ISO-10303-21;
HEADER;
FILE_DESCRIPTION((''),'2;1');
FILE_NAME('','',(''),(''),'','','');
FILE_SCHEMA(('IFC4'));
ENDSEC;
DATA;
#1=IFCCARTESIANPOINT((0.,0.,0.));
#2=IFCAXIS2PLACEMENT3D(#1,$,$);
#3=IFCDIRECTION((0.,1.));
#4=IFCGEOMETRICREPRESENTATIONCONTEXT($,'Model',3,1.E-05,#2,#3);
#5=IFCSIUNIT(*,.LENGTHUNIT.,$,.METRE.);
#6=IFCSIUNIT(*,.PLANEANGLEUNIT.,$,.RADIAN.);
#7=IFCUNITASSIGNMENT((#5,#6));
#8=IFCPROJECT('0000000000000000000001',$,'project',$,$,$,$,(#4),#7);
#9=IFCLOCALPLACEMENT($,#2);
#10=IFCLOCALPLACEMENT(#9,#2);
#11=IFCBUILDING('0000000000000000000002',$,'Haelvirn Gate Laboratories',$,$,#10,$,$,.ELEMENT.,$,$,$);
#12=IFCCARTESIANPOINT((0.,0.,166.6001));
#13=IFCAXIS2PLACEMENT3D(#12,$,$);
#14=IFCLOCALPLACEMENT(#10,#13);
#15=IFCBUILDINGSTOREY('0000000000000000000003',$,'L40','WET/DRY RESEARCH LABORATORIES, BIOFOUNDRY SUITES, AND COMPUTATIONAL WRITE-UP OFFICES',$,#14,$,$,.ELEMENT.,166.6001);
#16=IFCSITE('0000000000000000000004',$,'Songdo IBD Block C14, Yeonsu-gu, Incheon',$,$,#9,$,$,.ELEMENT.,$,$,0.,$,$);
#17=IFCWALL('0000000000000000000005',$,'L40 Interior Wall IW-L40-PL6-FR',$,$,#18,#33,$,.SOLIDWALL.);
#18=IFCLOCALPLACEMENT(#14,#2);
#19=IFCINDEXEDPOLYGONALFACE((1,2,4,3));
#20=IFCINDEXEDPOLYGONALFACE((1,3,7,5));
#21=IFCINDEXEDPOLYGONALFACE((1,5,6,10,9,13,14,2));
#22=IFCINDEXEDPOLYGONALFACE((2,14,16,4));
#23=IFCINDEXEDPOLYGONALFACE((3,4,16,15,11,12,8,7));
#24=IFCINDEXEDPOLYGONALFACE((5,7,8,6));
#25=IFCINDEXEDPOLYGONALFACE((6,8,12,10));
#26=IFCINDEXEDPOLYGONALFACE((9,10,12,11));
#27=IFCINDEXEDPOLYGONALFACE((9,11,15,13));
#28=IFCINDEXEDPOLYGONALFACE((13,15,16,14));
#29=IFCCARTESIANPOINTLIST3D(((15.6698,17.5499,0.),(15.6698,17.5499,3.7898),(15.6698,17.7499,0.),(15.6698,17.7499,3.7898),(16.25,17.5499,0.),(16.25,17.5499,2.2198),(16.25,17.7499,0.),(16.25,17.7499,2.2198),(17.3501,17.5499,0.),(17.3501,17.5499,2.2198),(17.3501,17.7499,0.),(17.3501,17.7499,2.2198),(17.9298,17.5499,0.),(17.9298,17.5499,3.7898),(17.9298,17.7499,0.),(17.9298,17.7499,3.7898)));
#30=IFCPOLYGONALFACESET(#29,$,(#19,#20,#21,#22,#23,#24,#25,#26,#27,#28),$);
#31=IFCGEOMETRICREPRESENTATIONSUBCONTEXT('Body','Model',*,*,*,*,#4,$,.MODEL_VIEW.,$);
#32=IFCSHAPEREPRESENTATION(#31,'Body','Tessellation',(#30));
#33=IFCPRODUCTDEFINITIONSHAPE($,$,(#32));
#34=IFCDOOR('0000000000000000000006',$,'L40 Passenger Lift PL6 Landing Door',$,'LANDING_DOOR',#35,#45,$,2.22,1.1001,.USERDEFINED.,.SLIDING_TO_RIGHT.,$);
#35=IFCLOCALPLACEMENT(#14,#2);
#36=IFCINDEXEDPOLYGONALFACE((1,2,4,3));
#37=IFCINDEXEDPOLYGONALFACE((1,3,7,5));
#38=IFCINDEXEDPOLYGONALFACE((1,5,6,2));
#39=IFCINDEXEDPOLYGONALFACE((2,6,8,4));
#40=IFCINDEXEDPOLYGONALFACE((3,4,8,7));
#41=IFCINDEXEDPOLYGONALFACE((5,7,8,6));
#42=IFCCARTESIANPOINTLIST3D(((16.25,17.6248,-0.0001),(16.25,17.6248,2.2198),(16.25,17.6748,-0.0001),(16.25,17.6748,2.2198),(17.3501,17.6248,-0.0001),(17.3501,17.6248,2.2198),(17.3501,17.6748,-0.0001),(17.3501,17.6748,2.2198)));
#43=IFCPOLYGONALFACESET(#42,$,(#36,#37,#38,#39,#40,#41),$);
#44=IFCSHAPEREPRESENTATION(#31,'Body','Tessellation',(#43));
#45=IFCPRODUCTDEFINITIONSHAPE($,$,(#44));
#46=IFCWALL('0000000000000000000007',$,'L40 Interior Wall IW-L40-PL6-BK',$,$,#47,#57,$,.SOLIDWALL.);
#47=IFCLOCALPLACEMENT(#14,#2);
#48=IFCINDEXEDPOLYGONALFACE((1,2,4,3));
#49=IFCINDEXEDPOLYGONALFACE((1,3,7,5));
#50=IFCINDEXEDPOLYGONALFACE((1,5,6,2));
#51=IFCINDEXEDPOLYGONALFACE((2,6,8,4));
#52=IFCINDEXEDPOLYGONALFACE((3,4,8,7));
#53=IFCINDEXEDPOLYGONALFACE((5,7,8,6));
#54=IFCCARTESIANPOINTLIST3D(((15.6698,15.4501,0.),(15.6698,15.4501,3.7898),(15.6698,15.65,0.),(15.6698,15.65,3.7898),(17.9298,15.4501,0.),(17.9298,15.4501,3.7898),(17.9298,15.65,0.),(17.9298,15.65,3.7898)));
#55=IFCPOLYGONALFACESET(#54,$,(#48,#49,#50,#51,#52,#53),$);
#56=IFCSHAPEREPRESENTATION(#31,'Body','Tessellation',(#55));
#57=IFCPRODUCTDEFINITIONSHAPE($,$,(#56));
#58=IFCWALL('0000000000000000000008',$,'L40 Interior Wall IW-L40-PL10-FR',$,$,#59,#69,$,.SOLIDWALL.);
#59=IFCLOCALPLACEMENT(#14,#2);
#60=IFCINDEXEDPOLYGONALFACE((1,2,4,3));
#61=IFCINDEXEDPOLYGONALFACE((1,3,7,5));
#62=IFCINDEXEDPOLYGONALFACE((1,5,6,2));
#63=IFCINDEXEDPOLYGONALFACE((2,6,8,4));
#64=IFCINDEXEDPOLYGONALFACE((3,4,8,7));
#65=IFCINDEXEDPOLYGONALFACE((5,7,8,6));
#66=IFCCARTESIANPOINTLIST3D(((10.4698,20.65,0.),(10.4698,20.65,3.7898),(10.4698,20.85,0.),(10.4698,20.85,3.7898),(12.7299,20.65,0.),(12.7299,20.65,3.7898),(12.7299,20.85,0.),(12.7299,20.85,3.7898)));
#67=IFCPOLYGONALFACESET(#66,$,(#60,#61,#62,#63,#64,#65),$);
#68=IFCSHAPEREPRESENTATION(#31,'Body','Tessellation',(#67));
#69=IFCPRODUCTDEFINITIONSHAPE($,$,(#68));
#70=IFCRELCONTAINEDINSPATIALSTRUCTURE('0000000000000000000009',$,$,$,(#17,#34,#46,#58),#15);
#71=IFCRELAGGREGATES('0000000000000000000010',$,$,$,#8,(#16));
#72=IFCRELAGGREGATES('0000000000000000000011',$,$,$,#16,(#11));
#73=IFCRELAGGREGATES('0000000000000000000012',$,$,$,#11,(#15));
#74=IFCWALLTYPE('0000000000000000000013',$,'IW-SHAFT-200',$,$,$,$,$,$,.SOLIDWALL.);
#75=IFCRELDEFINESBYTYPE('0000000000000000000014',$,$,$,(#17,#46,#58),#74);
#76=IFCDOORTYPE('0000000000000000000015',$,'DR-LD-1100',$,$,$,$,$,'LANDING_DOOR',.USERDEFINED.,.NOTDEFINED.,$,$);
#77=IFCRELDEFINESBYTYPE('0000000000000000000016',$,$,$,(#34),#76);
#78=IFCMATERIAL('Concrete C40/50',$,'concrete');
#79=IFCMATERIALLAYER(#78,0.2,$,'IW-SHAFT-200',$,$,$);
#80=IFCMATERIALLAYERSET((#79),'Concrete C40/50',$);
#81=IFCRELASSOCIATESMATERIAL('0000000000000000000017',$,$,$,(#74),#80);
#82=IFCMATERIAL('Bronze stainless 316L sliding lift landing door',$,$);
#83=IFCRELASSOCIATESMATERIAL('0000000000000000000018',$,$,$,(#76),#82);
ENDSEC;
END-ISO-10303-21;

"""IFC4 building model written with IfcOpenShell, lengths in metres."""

from ifc_helpers import new_model, si_unit, direction, frame, frame_2d, origin, place, context, subcontext, project, spatial, rectangle, extrude, source, transform, mapped, material, layer, layer_set, type_object, type_shapes, element, fill, save


model = new_model("IFC4")

# Units and contexts
model_context = context("Model", 3, precision=1e-05, world=origin(), true_north=direction((0.0, 1.0)))
body_context = subcontext(model_context, "Body", "Model", "MODEL_VIEW")
ifc_project = project(units=[si_unit("LENGTHUNIT", "METRE"), si_unit("PLANEANGLEUNIT", "RADIAN")], contexts=[model_context])

# Site, building, storey
site_placement = place(None, origin())
site = spatial("IfcSite", under=ifc_project, at=site_placement, Name="Songdo IBD Block C14, Yeonsu-gu, Incheon", CompositionType="ELEMENT", RefElevation=0.0)
building_placement = place(site_placement, origin())
building = spatial("IfcBuilding", under=site, at=building_placement, Name="Haelvirn Gate Laboratories", CompositionType="ELEMENT")
storey_placement = place(building_placement, frame((0.0, 0.0, 166.6001)))
storey = spatial("IfcBuildingStorey", under=building, at=storey_placement, Name="L40", Description="WET/DRY RESEARCH LABORATORIES, BIOFOUNDRY SUITES, AND COMPUTATIONAL WRITE-UP OFFICES", CompositionType="ELEMENT", Elevation=166.6001)

# Shared definitions
ifc_material_1 = material(Name="Concrete C40/50", Category="concrete")

# Shared definitions
ifc_layer_1 = layer(ifc_material_1, 0.2, Name="IW-SHAFT-200")
ifc_layer_set_1 = layer_set([ifc_layer_1], Name="Concrete C40/50")
wall_type_1 = type_object("IfcWallType", Name="IW-SHAFT-200", PredefinedType="SOLIDWALL", material=ifc_layer_set_1)
ifc_material_2 = material(Name="Bronze stainless 316L sliding lift landing door")
door_type_1 = type_object("IfcDoorType", Name="DR-LD-1100", ElementType="LANDING_DOOR", OperationType="NOTDEFINED", PredefinedType="USERDEFINED", material=ifc_material_2)
shared_shape_1 = source(origin(), body_context, "Body", "SweptSolid", [
    extrude(rectangle(XDim=1.1001, YDim=2.22, at=frame_2d((0.55, 1.1099))), frame((0.0, 0.0249, 0.0), z_axis=(0.0, -1.0, 0.0), x_axis=(1.0, 0.0, 0.0)), (0.0, 0.0, 1.0), 0.05),
])
type_shapes(door_type_1, [shared_shape_1])

# Wall, opening, door
wall_1_placement = place(storey_placement, frame((15.6699, 17.6499, 0.0), z_axis=(0.0, 0.0, 1.0), x_axis=(1.0, 0.0, 0.0)))
wall_1 = element("IfcWall", 1, at=wall_1_placement, inside=storey, type_object=wall_type_1, Name="L40 Interior Wall IW-L40-PL6-FR", PredefinedType="SOLIDWALL", context=body_context, shape_type="SweptSolid", body=[
    extrude(rectangle(XDim=2.26, YDim=0.2, at=frame_2d((1.1299, 0.0))), origin(), (0.0, 0.0, 1.0), 3.7898),
])
opening_1_placement = place(wall_1_placement, frame((0.5801, 0.0, 0.0)))
opening_1 = element("IfcOpeningElement", 2, at=opening_1_placement, cuts=wall_1, PredefinedType="OPENING", context=body_context, shape_type="SweptSolid", body=[
    extrude(rectangle(XDim=1.1001, YDim=2.22, at=frame_2d((0.55, 1.1099))), frame((0.0, 0.1099, 0.0), z_axis=(0.0, -1.0, 0.0), x_axis=(1.0, 0.0, 0.0)), (0.0, 0.0, 1.0), 0.22),
])
door_1_placement = place(opening_1_placement, origin())
door_1 = element("IfcDoor", 3, at=door_1_placement, inside=storey, type_object=door_type_1, Name="L40 Passenger Lift PL6 Landing Door", ObjectType="LANDING_DOOR", OperationType="SLIDING_TO_RIGHT", OverallHeight=2.22, OverallWidth=1.1001, PredefinedType="USERDEFINED", context=body_context, shape_type="MappedRepresentation", body=[
    mapped(shared_shape_1, transform((0.0, 0.0, 0.0), scale=1.0)),
])
fill(opening_1, door_1)

# Walls
for number, where, z_axis, x_axis, name in (
    (4, (15.6699, 15.55, 0.0), (0.0, 0.0, 1.0), (1.0, 0.0, 0.0), "L40 Interior Wall IW-L40-PL6-BK"),
    (5, (10.47, 20.75, 0.0), (0.0, 0.0, 1.0), (1.0, 0.0, 0.0), "L40 Interior Wall IW-L40-PL10-FR"),
):
    element("IfcWall", number, at=place(storey_placement, frame(where, z_axis=z_axis, x_axis=x_axis)), inside=storey, type_object=wall_type_1, Name=name, PredefinedType="SOLIDWALL", context=body_context, shape_type="SweptSolid", body=[
        extrude(rectangle(XDim=2.26, YDim=0.2, at=frame_2d((1.1299, 0.0))), origin(), (0.0, 0.0, 1.0), 3.7898),
    ])

save(model, "model.ifc")
